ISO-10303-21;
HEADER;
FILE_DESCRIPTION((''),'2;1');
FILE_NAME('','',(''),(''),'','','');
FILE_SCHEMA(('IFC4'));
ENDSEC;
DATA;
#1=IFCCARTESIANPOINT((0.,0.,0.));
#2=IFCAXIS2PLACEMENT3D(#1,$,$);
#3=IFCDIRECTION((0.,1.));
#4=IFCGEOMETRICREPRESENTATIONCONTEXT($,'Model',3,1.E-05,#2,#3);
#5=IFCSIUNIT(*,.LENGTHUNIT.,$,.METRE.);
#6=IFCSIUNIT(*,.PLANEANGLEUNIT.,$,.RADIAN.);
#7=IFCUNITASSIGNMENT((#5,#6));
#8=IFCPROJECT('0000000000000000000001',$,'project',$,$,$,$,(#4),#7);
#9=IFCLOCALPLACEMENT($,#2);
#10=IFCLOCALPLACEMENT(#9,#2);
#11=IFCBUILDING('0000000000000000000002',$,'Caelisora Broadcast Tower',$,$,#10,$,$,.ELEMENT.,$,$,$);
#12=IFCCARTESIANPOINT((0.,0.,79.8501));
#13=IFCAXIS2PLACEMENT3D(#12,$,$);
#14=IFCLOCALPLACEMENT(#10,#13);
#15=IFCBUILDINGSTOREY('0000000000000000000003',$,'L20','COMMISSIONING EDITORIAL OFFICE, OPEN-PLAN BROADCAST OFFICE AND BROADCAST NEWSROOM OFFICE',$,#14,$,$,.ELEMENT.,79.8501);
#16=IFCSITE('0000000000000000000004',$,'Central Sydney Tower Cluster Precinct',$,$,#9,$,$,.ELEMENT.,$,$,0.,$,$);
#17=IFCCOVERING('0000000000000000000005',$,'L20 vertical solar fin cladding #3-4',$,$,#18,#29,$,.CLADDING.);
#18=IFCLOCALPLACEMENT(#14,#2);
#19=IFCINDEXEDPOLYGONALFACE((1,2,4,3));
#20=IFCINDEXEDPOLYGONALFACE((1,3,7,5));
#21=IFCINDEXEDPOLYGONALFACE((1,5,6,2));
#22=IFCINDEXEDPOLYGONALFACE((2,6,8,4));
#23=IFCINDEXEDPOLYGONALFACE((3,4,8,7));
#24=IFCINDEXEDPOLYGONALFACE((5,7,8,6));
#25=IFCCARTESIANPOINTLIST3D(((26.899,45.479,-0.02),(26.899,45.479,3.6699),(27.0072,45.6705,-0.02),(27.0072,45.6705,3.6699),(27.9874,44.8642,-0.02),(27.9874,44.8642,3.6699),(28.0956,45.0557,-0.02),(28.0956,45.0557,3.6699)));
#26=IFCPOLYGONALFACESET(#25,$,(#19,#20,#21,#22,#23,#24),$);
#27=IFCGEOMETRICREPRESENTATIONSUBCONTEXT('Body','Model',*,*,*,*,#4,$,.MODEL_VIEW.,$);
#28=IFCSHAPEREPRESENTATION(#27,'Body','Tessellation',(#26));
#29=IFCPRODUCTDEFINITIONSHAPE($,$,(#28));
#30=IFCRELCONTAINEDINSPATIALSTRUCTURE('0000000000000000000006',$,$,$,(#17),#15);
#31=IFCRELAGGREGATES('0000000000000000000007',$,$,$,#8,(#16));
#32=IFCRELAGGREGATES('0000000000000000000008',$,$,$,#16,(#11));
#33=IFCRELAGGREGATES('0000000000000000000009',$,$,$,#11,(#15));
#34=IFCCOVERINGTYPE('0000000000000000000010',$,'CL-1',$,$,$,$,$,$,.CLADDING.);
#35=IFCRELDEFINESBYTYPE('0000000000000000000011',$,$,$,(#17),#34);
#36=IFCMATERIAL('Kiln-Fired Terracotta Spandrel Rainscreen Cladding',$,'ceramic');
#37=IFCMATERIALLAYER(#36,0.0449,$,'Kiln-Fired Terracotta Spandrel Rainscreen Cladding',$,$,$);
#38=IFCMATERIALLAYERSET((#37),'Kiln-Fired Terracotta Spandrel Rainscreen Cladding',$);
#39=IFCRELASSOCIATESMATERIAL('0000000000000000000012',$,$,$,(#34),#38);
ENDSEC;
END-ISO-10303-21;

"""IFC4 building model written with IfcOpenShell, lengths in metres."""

from ifc_helpers import new_model, si_unit, direction, frame, origin, origin_2d, place, context, subcontext, project, spatial, rectangle, extrude, source, transform, mapped, material, layer, layer_set, type_object, type_shapes, element, save


model = new_model("IFC4")

# Units and contexts
model_context = context("Model", 3, precision=1e-05, world=origin(), true_north=direction((0.0, 1.0)))
body_context = subcontext(model_context, "Body", "Model", "MODEL_VIEW")
ifc_project = project(units=[si_unit("LENGTHUNIT", "METRE"), si_unit("PLANEANGLEUNIT", "RADIAN")], contexts=[model_context])

# Site, building, storey
site_placement = place(None, origin())
site = spatial("IfcSite", under=ifc_project, at=site_placement, Name="Central Sydney Tower Cluster Precinct", CompositionType="ELEMENT", RefElevation=0.0)
building_placement = place(site_placement, origin())
building = spatial("IfcBuilding", under=site, at=building_placement, Name="Caelisora Broadcast Tower", CompositionType="ELEMENT")
storey_placement = place(building_placement, frame((0.0, 0.0, 79.8501)))
storey = spatial("IfcBuildingStorey", under=building, at=storey_placement, Name="L20", Description="COMMISSIONING EDITORIAL OFFICE, OPEN-PLAN BROADCAST OFFICE AND BROADCAST NEWSROOM OFFICE", CompositionType="ELEMENT", Elevation=79.8501)

# Covering
ifc_material_1 = material(Name="Kiln-Fired Terracotta Spandrel Rainscreen Cladding", Category="ceramic")
ifc_layer_1 = layer(ifc_material_1, 0.0449, Name="Kiln-Fired Terracotta Spandrel Rainscreen Cladding")
ifc_layer_set_1 = layer_set([ifc_layer_1], Name="Kiln-Fired Terracotta Spandrel Rainscreen Cladding")
covering_type = type_object("IfcCoveringType", Name="CL-1", PredefinedType="CLADDING", material=ifc_layer_set_1)
shared_shape_1 = source(origin(), body_context, "Body", "SweptSolid", [
    extrude(rectangle(XDim=0.22, YDim=1.25, at=origin_2d()), origin(), (0.0, 0.0, 1.0), 3.6899),
])
type_shapes(covering_type, [shared_shape_1])
for number, where, z_axis, x_axis, name in (
    (1, (27.4973, 45.2673, -0.02), (0.0, 0.0, 1.0), (0.491816, 0.870699, 0.0), "L20 vertical solar fin cladding #3-4"),
):
    element("IfcCovering", number, at=place(storey_placement, frame(where, z_axis=z_axis, x_axis=x_axis)), inside=storey, type_object=covering_type, Name=name, PredefinedType="CLADDING", context=body_context, shape_type="MappedRepresentation", body=[
        mapped(shared_shape_1, transform((0.0, 0.0, 0.0), scale=1.0)),
    ])

save(model, "model.ifc")
